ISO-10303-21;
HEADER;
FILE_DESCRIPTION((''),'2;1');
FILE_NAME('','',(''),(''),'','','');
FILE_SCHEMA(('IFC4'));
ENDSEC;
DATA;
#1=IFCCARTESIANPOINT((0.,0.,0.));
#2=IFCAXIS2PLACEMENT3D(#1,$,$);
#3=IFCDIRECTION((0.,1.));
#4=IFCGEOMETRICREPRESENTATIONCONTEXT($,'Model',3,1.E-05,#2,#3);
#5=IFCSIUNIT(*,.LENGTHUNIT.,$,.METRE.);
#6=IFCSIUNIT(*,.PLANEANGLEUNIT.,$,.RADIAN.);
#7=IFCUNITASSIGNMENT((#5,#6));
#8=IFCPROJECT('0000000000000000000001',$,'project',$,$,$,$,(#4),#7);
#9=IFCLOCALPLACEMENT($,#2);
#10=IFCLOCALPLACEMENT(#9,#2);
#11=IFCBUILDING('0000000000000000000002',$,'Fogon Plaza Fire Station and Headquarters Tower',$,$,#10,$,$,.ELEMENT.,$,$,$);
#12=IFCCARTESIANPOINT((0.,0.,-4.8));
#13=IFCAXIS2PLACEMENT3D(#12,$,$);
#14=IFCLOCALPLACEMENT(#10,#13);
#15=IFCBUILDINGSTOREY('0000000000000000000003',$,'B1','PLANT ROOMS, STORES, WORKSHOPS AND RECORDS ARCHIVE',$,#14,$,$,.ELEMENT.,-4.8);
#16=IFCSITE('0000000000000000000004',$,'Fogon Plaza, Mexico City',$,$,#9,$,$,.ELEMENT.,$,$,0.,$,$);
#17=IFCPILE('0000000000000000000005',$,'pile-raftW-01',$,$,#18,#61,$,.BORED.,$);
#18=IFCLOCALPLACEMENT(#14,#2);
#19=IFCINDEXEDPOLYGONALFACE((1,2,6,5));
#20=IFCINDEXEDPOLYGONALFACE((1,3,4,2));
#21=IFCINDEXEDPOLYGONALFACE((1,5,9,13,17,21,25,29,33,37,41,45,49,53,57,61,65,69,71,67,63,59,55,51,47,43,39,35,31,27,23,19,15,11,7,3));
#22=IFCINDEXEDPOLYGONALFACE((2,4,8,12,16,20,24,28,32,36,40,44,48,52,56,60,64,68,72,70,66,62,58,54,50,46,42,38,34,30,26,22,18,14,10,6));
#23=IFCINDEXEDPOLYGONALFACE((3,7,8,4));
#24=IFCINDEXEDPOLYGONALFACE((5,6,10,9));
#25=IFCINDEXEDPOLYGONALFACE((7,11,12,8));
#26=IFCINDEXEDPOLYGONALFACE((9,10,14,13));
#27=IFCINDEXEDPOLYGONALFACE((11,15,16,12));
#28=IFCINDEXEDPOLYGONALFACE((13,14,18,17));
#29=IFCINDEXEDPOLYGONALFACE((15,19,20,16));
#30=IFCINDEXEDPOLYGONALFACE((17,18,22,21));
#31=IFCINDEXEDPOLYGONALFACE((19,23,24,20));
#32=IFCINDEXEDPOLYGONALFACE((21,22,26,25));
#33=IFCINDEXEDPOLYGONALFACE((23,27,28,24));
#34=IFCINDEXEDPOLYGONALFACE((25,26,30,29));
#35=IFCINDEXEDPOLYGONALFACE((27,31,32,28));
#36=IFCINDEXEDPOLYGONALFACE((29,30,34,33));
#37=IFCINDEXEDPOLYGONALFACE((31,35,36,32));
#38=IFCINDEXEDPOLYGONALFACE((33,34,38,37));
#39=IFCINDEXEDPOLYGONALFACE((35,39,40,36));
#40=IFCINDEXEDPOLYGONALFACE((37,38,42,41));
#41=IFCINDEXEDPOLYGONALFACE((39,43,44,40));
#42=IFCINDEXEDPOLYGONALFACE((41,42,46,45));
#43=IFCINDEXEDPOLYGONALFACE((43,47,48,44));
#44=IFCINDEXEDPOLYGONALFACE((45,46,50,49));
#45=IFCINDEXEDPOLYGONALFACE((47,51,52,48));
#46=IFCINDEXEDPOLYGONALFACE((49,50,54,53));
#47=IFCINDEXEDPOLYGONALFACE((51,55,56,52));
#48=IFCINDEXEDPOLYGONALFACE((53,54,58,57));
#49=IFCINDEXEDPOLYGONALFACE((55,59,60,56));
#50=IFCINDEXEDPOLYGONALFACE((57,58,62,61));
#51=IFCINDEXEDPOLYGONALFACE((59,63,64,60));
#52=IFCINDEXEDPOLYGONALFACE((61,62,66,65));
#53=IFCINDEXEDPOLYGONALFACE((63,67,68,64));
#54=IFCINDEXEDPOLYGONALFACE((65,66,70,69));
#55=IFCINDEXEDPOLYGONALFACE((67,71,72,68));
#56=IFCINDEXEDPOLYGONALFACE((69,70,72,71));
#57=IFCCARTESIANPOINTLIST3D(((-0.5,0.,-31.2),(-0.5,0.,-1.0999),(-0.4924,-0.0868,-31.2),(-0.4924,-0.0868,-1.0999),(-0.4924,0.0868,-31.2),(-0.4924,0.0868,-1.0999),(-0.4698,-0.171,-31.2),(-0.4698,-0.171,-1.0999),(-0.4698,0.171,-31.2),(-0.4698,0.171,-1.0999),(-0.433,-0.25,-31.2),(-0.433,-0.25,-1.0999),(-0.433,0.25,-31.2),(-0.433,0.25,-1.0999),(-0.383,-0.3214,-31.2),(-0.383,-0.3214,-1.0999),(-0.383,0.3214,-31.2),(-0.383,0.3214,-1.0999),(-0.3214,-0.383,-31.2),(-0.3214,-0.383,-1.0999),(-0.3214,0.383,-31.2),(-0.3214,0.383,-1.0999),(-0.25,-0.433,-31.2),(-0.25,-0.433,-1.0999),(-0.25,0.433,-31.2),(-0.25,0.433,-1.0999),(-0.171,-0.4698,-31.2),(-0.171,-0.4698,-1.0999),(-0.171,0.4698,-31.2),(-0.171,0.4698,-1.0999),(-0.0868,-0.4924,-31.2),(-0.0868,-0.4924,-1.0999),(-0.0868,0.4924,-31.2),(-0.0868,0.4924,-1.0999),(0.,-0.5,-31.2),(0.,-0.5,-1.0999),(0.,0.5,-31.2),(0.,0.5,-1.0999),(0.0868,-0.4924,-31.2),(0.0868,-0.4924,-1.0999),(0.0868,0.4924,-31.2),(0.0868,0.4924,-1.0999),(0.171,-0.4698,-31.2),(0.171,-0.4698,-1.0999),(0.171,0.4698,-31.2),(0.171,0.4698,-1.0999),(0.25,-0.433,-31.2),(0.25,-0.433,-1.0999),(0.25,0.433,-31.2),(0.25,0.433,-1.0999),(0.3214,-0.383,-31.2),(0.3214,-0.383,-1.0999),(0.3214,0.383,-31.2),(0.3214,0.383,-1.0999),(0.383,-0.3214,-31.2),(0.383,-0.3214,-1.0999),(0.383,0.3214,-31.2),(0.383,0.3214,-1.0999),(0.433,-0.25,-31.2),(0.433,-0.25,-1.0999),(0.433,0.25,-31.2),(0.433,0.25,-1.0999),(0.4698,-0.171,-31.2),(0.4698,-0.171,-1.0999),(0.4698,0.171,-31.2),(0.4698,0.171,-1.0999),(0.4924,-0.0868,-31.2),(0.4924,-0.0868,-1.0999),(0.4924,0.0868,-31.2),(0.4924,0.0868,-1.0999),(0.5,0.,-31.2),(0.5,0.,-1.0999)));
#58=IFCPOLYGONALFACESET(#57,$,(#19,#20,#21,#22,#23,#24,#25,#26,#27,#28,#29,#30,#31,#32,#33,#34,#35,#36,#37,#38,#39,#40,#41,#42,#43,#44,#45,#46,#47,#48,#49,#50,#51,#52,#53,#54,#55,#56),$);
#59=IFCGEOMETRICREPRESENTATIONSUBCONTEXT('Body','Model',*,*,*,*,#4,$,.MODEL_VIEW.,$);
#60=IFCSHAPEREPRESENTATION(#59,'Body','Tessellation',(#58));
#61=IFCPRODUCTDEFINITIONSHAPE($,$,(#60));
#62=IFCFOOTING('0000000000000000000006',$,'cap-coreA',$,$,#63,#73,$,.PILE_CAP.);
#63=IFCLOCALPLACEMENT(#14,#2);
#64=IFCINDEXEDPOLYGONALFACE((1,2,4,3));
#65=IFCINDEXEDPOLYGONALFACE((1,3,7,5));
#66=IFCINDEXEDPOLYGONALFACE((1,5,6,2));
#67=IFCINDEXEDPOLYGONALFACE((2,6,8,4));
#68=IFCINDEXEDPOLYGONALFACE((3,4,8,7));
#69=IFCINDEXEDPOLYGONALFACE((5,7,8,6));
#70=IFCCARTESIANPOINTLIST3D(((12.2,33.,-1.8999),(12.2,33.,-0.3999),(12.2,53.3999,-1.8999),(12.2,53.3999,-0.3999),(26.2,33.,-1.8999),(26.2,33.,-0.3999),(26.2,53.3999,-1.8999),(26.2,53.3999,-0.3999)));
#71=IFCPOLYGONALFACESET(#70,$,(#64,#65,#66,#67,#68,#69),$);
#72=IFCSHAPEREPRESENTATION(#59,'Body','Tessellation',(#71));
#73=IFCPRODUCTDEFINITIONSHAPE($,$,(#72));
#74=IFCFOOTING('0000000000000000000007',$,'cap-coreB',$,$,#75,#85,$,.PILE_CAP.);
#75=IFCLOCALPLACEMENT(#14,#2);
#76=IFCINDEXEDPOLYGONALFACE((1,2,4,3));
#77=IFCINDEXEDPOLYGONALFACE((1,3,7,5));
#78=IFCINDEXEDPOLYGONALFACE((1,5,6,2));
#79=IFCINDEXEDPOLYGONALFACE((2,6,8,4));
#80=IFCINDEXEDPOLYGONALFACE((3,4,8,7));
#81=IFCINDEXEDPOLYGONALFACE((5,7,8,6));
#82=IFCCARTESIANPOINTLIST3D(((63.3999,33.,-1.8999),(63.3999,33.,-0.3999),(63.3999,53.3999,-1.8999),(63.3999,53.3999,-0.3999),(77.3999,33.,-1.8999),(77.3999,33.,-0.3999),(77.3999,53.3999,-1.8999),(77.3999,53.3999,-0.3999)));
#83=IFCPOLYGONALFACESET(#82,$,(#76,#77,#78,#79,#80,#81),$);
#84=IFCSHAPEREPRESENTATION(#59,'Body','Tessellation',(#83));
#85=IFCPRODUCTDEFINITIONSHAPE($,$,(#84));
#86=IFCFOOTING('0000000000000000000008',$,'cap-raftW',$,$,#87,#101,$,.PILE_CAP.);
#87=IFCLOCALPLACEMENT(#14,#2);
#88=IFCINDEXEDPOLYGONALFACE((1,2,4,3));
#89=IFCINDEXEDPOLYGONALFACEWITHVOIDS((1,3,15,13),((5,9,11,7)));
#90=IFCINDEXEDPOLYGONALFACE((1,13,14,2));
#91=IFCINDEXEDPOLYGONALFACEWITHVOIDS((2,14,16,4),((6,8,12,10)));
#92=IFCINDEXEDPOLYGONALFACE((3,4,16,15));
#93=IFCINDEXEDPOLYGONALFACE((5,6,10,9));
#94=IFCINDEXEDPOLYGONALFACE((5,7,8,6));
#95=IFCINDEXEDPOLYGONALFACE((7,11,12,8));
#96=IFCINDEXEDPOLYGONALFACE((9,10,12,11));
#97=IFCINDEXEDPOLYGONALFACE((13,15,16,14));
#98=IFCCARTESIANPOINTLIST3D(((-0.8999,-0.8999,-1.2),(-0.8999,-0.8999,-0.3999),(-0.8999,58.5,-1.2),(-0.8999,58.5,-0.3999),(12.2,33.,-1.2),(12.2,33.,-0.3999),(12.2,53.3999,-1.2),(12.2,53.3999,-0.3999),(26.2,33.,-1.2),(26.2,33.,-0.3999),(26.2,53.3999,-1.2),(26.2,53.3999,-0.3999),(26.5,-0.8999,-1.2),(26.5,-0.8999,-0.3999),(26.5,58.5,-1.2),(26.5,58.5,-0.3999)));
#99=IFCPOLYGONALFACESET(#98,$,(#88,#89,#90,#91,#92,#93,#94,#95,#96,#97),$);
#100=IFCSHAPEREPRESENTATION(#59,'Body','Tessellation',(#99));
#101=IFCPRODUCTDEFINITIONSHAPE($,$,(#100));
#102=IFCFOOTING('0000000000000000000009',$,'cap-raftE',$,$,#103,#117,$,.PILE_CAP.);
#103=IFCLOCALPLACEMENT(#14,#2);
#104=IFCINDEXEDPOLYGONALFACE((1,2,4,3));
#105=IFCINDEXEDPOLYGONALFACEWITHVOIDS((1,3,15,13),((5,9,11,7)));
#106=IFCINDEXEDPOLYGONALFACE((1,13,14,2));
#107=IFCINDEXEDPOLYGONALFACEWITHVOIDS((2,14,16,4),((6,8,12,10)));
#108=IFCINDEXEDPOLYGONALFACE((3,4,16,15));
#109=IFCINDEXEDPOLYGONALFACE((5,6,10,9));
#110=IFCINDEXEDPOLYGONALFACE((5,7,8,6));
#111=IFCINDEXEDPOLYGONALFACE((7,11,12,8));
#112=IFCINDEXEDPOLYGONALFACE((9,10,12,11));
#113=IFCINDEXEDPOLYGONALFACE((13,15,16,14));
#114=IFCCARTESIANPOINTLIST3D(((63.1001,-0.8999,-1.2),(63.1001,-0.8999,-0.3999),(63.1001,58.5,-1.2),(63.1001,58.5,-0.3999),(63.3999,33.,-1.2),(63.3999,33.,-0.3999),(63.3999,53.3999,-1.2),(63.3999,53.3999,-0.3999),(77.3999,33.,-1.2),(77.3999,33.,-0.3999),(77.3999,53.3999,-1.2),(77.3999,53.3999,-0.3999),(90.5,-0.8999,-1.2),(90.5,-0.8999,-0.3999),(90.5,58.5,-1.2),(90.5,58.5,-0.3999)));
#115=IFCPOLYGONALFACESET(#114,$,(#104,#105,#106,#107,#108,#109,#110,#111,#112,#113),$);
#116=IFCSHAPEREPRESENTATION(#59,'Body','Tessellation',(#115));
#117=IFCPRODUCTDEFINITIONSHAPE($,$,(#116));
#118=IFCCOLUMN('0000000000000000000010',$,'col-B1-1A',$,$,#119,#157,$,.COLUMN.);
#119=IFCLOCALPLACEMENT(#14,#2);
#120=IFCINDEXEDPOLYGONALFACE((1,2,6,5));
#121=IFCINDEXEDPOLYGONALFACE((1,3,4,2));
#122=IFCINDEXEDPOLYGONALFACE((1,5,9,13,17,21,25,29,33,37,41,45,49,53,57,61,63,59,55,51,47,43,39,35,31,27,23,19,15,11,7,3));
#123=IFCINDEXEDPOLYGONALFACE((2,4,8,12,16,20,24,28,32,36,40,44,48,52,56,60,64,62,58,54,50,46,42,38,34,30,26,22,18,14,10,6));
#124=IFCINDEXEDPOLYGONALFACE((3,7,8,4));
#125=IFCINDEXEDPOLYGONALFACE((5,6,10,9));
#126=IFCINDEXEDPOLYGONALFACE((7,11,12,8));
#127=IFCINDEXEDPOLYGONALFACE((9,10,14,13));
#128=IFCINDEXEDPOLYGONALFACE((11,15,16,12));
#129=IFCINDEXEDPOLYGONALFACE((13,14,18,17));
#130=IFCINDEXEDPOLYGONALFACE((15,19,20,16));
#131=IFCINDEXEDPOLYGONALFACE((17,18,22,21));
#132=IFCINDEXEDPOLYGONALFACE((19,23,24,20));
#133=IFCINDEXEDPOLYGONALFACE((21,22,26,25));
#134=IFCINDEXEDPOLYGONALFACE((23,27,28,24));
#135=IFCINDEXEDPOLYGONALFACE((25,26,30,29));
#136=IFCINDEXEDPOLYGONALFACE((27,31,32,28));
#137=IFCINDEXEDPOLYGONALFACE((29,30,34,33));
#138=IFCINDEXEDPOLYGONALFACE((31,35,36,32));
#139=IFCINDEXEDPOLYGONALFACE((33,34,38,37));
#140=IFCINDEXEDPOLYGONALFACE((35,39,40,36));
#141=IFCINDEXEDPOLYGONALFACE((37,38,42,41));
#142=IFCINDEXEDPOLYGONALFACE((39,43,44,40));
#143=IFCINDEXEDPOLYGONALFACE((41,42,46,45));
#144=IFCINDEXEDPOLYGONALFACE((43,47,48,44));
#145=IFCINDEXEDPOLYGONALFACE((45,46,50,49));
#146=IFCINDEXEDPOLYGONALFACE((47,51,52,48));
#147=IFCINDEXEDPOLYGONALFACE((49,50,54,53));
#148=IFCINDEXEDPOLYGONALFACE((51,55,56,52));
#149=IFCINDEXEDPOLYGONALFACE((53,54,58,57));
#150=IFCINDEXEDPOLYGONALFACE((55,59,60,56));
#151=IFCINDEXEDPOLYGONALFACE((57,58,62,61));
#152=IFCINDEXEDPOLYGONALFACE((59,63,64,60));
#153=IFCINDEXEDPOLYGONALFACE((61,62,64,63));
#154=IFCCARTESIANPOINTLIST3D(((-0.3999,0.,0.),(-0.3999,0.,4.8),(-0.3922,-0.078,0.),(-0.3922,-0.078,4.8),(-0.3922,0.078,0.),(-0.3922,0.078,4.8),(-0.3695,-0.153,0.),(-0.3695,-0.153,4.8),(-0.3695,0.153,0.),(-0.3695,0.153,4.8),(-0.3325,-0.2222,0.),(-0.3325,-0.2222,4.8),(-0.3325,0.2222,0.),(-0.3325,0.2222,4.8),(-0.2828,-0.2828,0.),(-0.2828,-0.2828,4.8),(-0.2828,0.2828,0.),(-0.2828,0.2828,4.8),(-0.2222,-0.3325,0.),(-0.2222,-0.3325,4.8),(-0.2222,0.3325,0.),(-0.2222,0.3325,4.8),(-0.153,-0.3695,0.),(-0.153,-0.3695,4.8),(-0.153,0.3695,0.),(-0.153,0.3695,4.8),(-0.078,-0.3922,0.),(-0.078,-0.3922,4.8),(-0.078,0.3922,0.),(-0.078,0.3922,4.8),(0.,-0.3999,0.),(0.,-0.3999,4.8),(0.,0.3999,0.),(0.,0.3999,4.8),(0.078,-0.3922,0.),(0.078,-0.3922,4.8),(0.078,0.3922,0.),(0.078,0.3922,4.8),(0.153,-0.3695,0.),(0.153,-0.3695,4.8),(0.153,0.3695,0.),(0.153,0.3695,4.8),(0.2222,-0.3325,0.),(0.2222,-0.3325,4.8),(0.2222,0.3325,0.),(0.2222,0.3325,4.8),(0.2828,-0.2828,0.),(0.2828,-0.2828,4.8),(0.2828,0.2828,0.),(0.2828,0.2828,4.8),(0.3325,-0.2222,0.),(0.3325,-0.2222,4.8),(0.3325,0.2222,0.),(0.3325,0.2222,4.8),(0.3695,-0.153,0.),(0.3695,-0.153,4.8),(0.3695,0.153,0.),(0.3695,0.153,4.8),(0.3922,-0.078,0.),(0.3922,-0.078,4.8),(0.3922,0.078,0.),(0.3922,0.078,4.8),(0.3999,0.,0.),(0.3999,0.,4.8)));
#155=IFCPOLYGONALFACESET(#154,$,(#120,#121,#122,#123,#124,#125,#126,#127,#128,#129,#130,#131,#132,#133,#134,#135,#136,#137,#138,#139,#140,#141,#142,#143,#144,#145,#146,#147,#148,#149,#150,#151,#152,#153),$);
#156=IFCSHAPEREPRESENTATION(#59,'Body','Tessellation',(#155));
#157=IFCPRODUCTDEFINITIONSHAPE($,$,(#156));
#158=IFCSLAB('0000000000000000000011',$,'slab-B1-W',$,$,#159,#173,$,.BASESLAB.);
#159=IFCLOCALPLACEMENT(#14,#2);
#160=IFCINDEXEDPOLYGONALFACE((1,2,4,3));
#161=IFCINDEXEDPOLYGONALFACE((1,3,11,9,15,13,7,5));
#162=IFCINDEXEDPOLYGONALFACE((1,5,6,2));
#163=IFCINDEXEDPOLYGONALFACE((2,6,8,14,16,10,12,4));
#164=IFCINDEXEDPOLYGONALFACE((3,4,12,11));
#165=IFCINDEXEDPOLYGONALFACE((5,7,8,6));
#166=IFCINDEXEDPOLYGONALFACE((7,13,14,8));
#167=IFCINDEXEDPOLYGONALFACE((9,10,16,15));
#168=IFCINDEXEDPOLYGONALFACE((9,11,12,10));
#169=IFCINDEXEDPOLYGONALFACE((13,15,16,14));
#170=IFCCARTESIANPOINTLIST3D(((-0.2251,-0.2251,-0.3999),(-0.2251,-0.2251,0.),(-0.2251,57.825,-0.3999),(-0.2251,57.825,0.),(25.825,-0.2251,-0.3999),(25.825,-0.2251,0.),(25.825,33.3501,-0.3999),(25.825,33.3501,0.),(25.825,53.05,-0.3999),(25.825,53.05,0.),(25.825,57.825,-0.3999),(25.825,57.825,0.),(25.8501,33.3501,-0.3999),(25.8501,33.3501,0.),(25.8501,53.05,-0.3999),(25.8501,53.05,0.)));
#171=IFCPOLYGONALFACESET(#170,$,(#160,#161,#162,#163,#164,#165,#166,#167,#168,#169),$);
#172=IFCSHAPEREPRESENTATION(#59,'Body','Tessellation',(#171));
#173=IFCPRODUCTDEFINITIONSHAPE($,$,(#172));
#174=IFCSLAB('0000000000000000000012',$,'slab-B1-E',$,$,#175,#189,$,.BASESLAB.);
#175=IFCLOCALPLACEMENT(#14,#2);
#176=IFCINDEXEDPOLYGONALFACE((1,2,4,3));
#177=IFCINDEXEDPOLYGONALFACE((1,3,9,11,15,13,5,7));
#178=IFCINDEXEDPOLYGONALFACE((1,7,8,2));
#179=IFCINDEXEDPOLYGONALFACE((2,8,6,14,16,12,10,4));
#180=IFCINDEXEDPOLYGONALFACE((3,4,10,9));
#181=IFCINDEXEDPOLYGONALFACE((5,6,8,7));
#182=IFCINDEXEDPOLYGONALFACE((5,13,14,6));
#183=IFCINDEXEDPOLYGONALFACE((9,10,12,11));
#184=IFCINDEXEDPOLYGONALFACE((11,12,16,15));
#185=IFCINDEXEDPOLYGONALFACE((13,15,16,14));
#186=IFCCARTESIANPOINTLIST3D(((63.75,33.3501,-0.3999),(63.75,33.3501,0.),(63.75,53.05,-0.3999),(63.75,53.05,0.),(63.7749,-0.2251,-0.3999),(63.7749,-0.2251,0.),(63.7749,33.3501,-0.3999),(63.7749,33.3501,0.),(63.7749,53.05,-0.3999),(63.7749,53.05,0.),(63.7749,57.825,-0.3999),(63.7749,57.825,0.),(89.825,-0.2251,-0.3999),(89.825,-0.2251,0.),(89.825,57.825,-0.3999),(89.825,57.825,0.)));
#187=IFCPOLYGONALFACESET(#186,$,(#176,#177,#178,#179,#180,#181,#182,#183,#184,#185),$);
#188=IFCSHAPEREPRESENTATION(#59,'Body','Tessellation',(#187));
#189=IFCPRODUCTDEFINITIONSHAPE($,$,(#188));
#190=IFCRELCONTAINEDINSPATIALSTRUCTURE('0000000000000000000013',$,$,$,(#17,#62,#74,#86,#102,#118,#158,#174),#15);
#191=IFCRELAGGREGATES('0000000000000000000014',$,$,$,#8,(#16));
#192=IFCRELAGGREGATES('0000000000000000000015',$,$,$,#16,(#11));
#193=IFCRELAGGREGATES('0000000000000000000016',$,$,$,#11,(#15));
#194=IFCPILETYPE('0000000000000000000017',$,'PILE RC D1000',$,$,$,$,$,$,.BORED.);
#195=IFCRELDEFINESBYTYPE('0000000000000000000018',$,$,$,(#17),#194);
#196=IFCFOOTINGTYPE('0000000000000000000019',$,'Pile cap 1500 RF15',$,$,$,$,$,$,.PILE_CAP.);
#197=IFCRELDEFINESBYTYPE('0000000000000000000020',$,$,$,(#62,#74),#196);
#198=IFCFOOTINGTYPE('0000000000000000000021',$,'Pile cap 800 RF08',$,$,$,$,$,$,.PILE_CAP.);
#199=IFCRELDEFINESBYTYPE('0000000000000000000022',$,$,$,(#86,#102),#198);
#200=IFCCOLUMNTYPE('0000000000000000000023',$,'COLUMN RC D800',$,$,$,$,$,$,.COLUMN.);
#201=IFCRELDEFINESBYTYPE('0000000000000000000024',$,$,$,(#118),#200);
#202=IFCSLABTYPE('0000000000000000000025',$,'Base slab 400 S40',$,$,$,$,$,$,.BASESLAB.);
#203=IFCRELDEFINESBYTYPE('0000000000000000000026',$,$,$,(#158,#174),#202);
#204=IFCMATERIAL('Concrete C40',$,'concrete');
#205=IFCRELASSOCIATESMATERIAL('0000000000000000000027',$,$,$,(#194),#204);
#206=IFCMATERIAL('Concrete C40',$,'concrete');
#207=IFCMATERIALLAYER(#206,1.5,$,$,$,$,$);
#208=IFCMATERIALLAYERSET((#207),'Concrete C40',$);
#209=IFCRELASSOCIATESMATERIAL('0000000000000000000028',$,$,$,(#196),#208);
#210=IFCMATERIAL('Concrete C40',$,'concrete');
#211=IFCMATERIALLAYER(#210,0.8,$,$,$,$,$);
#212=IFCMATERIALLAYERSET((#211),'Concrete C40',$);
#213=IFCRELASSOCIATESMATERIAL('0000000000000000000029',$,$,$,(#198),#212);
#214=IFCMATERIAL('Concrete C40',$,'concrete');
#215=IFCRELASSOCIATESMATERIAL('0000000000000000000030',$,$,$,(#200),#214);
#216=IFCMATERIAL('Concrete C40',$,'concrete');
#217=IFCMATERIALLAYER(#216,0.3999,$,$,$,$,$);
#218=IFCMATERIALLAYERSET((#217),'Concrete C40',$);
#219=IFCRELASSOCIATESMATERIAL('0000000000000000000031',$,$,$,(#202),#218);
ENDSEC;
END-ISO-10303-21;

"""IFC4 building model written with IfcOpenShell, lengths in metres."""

from ifc_helpers import new_model, si_unit, direction, frame, origin, origin_with_axes, origin_2d, place, context, subcontext, project, spatial, polyline, circle, outline, extrude, material, layer, layer_set, material_profile, profile_set, type_object, element, save


model = new_model("IFC4")

# Units and contexts
model_context = context("Model", 3, precision=1e-05, world=origin(), true_north=direction((0.0, 1.0)))
body_context = subcontext(model_context, "Body", "Model", "MODEL_VIEW")
ifc_project = project(units=[si_unit("LENGTHUNIT", "METRE"), si_unit("PLANEANGLEUNIT", "RADIAN")], contexts=[model_context])

# Site, building, storey
site_placement = place(None, origin())
site = spatial("IfcSite", under=ifc_project, at=site_placement, Name="Fogon Plaza, Mexico City", CompositionType="ELEMENT", RefElevation=0.0)
building_placement = place(site_placement, origin())
building = spatial("IfcBuilding", under=site, at=building_placement, Name="Fogon Plaza Fire Station and Headquarters Tower", CompositionType="ELEMENT")
storey_placement = place(building_placement, frame((0.0, 0.0, -4.8)))
storey = spatial("IfcBuildingStorey", under=building, at=storey_placement, Name="B1", Description="PLANT ROOMS, STORES, WORKSHOPS AND RECORDS ARCHIVE", CompositionType="ELEMENT", Elevation=-4.8)

# Pile
ifc_material_1 = material(Name="Concrete C40", Category="concrete")
ifc_material_profile_1 = material_profile(ifc_material_1, circle(Radius=0.5, at=origin_2d()), Name="RC D1000")
ifc_profile_set_1 = profile_set([ifc_material_profile_1], Name="Concrete C40")
pile_type = type_object("IfcPileType", Name="PILE RC D1000", PredefinedType="BORED", material=ifc_profile_set_1)
pile_placement = place(storey_placement, frame((0.0, 0.0, -1.0999), z_axis=(0.0, 0.0, -1.0), x_axis=(1.0, 0.0, 0.0)))
element("IfcPile", 1, at=pile_placement, inside=storey, type_object=pile_type, Name="pile-raftW-01", PredefinedType="BORED", context=body_context, shape_type="SweptSolid", body=[
    extrude(circle(Radius=0.5, at=origin_2d()), origin(), (0.0, 0.0, 1.0), 30.1001),
])

# Footings
ifc_material_2 = material(Name="Concrete C40", Category="concrete")
ifc_layer_1 = layer(ifc_material_2, 1.5)
ifc_layer_set_1 = layer_set([ifc_layer_1], Name="Concrete C40")
footing_type_1 = type_object("IfcFootingType", Name="Pile cap 1500 RF15", PredefinedType="PILE_CAP", material=ifc_layer_set_1)
footing_1_placement = place(storey_placement, frame((0.0, 0.0, -1.8999)))
element("IfcFooting", 2, at=footing_1_placement, inside=storey, type_object=footing_type_1, Name="cap-coreA", PredefinedType="PILE_CAP", context=body_context, shape_type="SweptSolid", body=[
    extrude(outline(polyline([(26.2, 33.0), (26.2, 53.3999), (12.2, 53.3999), (12.2, 33.0), (26.2, 33.0)])), origin(), (0.0, 0.0, 1.0), 1.5),
])
footing_2_placement = place(storey_placement, frame((0.0, 0.0, -1.8999)))
element("IfcFooting", 3, at=footing_2_placement, inside=storey, type_object=footing_type_1, Name="cap-coreB", PredefinedType="PILE_CAP", context=body_context, shape_type="SweptSolid", body=[
    extrude(outline(polyline([(77.3999, 33.0), (77.3999, 53.3999), (63.3999, 53.3999), (63.3999, 33.0), (77.3999, 33.0)])), origin(), (0.0, 0.0, 1.0), 1.5),
])
ifc_material_3 = material(Name="Concrete C40", Category="concrete")
ifc_layer_2 = layer(ifc_material_3, 0.8)
ifc_layer_set_2 = layer_set([ifc_layer_2], Name="Concrete C40")
footing_type_2 = type_object("IfcFootingType", Name="Pile cap 800 RF08", PredefinedType="PILE_CAP", material=ifc_layer_set_2)
footing_3_placement = place(storey_placement, frame((0.0, 0.0, -1.2)))
element("IfcFooting", 4, at=footing_3_placement, inside=storey, type_object=footing_type_2, Name="cap-raftW", PredefinedType="PILE_CAP", context=body_context, shape_type="SweptSolid", body=[
    extrude(outline(polyline([(-0.8999, -0.8999), (-0.8999, 58.5), (26.5, 58.5), (26.5, -0.8999), (-0.8999, -0.8999)]), holes=[polyline([(26.2, 53.3999), (12.2, 53.3999), (12.2, 33.0), (26.2, 33.0), (26.2, 53.3999)])]), origin(), (0.0, 0.0, 1.0), 0.8),
])
footing_4_placement = place(storey_placement, frame((0.0, 0.0, -1.2)))
element("IfcFooting", 5, at=footing_4_placement, inside=storey, type_object=footing_type_2, Name="cap-raftE", PredefinedType="PILE_CAP", context=body_context, shape_type="SweptSolid", body=[
    extrude(outline(polyline([(90.5, -0.8999), (90.5, 58.5), (63.1001, 58.5), (63.1001, -0.8999), (90.5, -0.8999)]), holes=[polyline([(63.3999, 53.3999), (77.3999, 53.3999), (77.3999, 33.0), (63.3999, 33.0), (63.3999, 53.3999)])]), origin(), (0.0, 0.0, 1.0), 0.8),
])

# Column
ifc_material_4 = material(Name="Concrete C40", Category="concrete")
ifc_material_profile_2 = material_profile(ifc_material_4, circle(Radius=0.3999, at=origin_2d()), Name="RC D800")
ifc_profile_set_2 = profile_set([ifc_material_profile_2], Name="Concrete C40")
column_type = type_object("IfcColumnType", Name="COLUMN RC D800", PredefinedType="COLUMN", material=ifc_profile_set_2)
column_placement = place(storey_placement, origin_with_axes())
element("IfcColumn", 6, at=column_placement, inside=storey, type_object=column_type, Name="col-B1-1A", PredefinedType="COLUMN", context=body_context, shape_type="SweptSolid", body=[
    extrude(circle(Radius=0.3999, at=origin_2d()), origin(), (0.0, 0.0, 1.0), 4.8),
])

# Slabs
ifc_material_5 = material(Name="Concrete C40", Category="concrete")
ifc_layer_3 = layer(ifc_material_5, 0.3999)
ifc_layer_set_3 = layer_set([ifc_layer_3], Name="Concrete C40")
slab_type_1 = type_object("IfcSlabType", Name="Base slab 400 S40", PredefinedType="BASESLAB", material=ifc_layer_set_3)
slab_1_placement = place(storey_placement, frame((0.0, 0.0, -0.3999)))
element("IfcSlab", 7, at=slab_1_placement, inside=storey, type_object=slab_type_1, Name="slab-B1-W", PredefinedType="BASESLAB", context=body_context, shape_type="SweptSolid", body=[
    extrude(outline(polyline([(25.825, -0.2251), (-0.2251, -0.2251), (-0.2251, 57.825), (25.825, 57.825), (25.825, 53.05), (25.8501, 53.05), (25.8501, 33.3501), (25.825, 33.3501), (25.825, -0.2251)])), origin(), (0.0, 0.0, 1.0), 0.3999),
])
slab_2_placement = place(storey_placement, frame((0.0, 0.0, -0.3999)))
element("IfcSlab", 8, at=slab_2_placement, inside=storey, type_object=slab_type_1, Name="slab-B1-E", PredefinedType="BASESLAB", context=body_context, shape_type="SweptSolid", body=[
    extrude(outline(polyline([(63.7749, -0.2251), (89.825, -0.2251), (89.825, 57.825), (63.7749, 57.825), (63.7749, 53.05), (63.75, 53.05), (63.75, 33.3501), (63.7749, 33.3501), (63.7749, -0.2251)])), origin(), (0.0, 0.0, 1.0), 0.3999),
])

save(model, "model.ifc")
